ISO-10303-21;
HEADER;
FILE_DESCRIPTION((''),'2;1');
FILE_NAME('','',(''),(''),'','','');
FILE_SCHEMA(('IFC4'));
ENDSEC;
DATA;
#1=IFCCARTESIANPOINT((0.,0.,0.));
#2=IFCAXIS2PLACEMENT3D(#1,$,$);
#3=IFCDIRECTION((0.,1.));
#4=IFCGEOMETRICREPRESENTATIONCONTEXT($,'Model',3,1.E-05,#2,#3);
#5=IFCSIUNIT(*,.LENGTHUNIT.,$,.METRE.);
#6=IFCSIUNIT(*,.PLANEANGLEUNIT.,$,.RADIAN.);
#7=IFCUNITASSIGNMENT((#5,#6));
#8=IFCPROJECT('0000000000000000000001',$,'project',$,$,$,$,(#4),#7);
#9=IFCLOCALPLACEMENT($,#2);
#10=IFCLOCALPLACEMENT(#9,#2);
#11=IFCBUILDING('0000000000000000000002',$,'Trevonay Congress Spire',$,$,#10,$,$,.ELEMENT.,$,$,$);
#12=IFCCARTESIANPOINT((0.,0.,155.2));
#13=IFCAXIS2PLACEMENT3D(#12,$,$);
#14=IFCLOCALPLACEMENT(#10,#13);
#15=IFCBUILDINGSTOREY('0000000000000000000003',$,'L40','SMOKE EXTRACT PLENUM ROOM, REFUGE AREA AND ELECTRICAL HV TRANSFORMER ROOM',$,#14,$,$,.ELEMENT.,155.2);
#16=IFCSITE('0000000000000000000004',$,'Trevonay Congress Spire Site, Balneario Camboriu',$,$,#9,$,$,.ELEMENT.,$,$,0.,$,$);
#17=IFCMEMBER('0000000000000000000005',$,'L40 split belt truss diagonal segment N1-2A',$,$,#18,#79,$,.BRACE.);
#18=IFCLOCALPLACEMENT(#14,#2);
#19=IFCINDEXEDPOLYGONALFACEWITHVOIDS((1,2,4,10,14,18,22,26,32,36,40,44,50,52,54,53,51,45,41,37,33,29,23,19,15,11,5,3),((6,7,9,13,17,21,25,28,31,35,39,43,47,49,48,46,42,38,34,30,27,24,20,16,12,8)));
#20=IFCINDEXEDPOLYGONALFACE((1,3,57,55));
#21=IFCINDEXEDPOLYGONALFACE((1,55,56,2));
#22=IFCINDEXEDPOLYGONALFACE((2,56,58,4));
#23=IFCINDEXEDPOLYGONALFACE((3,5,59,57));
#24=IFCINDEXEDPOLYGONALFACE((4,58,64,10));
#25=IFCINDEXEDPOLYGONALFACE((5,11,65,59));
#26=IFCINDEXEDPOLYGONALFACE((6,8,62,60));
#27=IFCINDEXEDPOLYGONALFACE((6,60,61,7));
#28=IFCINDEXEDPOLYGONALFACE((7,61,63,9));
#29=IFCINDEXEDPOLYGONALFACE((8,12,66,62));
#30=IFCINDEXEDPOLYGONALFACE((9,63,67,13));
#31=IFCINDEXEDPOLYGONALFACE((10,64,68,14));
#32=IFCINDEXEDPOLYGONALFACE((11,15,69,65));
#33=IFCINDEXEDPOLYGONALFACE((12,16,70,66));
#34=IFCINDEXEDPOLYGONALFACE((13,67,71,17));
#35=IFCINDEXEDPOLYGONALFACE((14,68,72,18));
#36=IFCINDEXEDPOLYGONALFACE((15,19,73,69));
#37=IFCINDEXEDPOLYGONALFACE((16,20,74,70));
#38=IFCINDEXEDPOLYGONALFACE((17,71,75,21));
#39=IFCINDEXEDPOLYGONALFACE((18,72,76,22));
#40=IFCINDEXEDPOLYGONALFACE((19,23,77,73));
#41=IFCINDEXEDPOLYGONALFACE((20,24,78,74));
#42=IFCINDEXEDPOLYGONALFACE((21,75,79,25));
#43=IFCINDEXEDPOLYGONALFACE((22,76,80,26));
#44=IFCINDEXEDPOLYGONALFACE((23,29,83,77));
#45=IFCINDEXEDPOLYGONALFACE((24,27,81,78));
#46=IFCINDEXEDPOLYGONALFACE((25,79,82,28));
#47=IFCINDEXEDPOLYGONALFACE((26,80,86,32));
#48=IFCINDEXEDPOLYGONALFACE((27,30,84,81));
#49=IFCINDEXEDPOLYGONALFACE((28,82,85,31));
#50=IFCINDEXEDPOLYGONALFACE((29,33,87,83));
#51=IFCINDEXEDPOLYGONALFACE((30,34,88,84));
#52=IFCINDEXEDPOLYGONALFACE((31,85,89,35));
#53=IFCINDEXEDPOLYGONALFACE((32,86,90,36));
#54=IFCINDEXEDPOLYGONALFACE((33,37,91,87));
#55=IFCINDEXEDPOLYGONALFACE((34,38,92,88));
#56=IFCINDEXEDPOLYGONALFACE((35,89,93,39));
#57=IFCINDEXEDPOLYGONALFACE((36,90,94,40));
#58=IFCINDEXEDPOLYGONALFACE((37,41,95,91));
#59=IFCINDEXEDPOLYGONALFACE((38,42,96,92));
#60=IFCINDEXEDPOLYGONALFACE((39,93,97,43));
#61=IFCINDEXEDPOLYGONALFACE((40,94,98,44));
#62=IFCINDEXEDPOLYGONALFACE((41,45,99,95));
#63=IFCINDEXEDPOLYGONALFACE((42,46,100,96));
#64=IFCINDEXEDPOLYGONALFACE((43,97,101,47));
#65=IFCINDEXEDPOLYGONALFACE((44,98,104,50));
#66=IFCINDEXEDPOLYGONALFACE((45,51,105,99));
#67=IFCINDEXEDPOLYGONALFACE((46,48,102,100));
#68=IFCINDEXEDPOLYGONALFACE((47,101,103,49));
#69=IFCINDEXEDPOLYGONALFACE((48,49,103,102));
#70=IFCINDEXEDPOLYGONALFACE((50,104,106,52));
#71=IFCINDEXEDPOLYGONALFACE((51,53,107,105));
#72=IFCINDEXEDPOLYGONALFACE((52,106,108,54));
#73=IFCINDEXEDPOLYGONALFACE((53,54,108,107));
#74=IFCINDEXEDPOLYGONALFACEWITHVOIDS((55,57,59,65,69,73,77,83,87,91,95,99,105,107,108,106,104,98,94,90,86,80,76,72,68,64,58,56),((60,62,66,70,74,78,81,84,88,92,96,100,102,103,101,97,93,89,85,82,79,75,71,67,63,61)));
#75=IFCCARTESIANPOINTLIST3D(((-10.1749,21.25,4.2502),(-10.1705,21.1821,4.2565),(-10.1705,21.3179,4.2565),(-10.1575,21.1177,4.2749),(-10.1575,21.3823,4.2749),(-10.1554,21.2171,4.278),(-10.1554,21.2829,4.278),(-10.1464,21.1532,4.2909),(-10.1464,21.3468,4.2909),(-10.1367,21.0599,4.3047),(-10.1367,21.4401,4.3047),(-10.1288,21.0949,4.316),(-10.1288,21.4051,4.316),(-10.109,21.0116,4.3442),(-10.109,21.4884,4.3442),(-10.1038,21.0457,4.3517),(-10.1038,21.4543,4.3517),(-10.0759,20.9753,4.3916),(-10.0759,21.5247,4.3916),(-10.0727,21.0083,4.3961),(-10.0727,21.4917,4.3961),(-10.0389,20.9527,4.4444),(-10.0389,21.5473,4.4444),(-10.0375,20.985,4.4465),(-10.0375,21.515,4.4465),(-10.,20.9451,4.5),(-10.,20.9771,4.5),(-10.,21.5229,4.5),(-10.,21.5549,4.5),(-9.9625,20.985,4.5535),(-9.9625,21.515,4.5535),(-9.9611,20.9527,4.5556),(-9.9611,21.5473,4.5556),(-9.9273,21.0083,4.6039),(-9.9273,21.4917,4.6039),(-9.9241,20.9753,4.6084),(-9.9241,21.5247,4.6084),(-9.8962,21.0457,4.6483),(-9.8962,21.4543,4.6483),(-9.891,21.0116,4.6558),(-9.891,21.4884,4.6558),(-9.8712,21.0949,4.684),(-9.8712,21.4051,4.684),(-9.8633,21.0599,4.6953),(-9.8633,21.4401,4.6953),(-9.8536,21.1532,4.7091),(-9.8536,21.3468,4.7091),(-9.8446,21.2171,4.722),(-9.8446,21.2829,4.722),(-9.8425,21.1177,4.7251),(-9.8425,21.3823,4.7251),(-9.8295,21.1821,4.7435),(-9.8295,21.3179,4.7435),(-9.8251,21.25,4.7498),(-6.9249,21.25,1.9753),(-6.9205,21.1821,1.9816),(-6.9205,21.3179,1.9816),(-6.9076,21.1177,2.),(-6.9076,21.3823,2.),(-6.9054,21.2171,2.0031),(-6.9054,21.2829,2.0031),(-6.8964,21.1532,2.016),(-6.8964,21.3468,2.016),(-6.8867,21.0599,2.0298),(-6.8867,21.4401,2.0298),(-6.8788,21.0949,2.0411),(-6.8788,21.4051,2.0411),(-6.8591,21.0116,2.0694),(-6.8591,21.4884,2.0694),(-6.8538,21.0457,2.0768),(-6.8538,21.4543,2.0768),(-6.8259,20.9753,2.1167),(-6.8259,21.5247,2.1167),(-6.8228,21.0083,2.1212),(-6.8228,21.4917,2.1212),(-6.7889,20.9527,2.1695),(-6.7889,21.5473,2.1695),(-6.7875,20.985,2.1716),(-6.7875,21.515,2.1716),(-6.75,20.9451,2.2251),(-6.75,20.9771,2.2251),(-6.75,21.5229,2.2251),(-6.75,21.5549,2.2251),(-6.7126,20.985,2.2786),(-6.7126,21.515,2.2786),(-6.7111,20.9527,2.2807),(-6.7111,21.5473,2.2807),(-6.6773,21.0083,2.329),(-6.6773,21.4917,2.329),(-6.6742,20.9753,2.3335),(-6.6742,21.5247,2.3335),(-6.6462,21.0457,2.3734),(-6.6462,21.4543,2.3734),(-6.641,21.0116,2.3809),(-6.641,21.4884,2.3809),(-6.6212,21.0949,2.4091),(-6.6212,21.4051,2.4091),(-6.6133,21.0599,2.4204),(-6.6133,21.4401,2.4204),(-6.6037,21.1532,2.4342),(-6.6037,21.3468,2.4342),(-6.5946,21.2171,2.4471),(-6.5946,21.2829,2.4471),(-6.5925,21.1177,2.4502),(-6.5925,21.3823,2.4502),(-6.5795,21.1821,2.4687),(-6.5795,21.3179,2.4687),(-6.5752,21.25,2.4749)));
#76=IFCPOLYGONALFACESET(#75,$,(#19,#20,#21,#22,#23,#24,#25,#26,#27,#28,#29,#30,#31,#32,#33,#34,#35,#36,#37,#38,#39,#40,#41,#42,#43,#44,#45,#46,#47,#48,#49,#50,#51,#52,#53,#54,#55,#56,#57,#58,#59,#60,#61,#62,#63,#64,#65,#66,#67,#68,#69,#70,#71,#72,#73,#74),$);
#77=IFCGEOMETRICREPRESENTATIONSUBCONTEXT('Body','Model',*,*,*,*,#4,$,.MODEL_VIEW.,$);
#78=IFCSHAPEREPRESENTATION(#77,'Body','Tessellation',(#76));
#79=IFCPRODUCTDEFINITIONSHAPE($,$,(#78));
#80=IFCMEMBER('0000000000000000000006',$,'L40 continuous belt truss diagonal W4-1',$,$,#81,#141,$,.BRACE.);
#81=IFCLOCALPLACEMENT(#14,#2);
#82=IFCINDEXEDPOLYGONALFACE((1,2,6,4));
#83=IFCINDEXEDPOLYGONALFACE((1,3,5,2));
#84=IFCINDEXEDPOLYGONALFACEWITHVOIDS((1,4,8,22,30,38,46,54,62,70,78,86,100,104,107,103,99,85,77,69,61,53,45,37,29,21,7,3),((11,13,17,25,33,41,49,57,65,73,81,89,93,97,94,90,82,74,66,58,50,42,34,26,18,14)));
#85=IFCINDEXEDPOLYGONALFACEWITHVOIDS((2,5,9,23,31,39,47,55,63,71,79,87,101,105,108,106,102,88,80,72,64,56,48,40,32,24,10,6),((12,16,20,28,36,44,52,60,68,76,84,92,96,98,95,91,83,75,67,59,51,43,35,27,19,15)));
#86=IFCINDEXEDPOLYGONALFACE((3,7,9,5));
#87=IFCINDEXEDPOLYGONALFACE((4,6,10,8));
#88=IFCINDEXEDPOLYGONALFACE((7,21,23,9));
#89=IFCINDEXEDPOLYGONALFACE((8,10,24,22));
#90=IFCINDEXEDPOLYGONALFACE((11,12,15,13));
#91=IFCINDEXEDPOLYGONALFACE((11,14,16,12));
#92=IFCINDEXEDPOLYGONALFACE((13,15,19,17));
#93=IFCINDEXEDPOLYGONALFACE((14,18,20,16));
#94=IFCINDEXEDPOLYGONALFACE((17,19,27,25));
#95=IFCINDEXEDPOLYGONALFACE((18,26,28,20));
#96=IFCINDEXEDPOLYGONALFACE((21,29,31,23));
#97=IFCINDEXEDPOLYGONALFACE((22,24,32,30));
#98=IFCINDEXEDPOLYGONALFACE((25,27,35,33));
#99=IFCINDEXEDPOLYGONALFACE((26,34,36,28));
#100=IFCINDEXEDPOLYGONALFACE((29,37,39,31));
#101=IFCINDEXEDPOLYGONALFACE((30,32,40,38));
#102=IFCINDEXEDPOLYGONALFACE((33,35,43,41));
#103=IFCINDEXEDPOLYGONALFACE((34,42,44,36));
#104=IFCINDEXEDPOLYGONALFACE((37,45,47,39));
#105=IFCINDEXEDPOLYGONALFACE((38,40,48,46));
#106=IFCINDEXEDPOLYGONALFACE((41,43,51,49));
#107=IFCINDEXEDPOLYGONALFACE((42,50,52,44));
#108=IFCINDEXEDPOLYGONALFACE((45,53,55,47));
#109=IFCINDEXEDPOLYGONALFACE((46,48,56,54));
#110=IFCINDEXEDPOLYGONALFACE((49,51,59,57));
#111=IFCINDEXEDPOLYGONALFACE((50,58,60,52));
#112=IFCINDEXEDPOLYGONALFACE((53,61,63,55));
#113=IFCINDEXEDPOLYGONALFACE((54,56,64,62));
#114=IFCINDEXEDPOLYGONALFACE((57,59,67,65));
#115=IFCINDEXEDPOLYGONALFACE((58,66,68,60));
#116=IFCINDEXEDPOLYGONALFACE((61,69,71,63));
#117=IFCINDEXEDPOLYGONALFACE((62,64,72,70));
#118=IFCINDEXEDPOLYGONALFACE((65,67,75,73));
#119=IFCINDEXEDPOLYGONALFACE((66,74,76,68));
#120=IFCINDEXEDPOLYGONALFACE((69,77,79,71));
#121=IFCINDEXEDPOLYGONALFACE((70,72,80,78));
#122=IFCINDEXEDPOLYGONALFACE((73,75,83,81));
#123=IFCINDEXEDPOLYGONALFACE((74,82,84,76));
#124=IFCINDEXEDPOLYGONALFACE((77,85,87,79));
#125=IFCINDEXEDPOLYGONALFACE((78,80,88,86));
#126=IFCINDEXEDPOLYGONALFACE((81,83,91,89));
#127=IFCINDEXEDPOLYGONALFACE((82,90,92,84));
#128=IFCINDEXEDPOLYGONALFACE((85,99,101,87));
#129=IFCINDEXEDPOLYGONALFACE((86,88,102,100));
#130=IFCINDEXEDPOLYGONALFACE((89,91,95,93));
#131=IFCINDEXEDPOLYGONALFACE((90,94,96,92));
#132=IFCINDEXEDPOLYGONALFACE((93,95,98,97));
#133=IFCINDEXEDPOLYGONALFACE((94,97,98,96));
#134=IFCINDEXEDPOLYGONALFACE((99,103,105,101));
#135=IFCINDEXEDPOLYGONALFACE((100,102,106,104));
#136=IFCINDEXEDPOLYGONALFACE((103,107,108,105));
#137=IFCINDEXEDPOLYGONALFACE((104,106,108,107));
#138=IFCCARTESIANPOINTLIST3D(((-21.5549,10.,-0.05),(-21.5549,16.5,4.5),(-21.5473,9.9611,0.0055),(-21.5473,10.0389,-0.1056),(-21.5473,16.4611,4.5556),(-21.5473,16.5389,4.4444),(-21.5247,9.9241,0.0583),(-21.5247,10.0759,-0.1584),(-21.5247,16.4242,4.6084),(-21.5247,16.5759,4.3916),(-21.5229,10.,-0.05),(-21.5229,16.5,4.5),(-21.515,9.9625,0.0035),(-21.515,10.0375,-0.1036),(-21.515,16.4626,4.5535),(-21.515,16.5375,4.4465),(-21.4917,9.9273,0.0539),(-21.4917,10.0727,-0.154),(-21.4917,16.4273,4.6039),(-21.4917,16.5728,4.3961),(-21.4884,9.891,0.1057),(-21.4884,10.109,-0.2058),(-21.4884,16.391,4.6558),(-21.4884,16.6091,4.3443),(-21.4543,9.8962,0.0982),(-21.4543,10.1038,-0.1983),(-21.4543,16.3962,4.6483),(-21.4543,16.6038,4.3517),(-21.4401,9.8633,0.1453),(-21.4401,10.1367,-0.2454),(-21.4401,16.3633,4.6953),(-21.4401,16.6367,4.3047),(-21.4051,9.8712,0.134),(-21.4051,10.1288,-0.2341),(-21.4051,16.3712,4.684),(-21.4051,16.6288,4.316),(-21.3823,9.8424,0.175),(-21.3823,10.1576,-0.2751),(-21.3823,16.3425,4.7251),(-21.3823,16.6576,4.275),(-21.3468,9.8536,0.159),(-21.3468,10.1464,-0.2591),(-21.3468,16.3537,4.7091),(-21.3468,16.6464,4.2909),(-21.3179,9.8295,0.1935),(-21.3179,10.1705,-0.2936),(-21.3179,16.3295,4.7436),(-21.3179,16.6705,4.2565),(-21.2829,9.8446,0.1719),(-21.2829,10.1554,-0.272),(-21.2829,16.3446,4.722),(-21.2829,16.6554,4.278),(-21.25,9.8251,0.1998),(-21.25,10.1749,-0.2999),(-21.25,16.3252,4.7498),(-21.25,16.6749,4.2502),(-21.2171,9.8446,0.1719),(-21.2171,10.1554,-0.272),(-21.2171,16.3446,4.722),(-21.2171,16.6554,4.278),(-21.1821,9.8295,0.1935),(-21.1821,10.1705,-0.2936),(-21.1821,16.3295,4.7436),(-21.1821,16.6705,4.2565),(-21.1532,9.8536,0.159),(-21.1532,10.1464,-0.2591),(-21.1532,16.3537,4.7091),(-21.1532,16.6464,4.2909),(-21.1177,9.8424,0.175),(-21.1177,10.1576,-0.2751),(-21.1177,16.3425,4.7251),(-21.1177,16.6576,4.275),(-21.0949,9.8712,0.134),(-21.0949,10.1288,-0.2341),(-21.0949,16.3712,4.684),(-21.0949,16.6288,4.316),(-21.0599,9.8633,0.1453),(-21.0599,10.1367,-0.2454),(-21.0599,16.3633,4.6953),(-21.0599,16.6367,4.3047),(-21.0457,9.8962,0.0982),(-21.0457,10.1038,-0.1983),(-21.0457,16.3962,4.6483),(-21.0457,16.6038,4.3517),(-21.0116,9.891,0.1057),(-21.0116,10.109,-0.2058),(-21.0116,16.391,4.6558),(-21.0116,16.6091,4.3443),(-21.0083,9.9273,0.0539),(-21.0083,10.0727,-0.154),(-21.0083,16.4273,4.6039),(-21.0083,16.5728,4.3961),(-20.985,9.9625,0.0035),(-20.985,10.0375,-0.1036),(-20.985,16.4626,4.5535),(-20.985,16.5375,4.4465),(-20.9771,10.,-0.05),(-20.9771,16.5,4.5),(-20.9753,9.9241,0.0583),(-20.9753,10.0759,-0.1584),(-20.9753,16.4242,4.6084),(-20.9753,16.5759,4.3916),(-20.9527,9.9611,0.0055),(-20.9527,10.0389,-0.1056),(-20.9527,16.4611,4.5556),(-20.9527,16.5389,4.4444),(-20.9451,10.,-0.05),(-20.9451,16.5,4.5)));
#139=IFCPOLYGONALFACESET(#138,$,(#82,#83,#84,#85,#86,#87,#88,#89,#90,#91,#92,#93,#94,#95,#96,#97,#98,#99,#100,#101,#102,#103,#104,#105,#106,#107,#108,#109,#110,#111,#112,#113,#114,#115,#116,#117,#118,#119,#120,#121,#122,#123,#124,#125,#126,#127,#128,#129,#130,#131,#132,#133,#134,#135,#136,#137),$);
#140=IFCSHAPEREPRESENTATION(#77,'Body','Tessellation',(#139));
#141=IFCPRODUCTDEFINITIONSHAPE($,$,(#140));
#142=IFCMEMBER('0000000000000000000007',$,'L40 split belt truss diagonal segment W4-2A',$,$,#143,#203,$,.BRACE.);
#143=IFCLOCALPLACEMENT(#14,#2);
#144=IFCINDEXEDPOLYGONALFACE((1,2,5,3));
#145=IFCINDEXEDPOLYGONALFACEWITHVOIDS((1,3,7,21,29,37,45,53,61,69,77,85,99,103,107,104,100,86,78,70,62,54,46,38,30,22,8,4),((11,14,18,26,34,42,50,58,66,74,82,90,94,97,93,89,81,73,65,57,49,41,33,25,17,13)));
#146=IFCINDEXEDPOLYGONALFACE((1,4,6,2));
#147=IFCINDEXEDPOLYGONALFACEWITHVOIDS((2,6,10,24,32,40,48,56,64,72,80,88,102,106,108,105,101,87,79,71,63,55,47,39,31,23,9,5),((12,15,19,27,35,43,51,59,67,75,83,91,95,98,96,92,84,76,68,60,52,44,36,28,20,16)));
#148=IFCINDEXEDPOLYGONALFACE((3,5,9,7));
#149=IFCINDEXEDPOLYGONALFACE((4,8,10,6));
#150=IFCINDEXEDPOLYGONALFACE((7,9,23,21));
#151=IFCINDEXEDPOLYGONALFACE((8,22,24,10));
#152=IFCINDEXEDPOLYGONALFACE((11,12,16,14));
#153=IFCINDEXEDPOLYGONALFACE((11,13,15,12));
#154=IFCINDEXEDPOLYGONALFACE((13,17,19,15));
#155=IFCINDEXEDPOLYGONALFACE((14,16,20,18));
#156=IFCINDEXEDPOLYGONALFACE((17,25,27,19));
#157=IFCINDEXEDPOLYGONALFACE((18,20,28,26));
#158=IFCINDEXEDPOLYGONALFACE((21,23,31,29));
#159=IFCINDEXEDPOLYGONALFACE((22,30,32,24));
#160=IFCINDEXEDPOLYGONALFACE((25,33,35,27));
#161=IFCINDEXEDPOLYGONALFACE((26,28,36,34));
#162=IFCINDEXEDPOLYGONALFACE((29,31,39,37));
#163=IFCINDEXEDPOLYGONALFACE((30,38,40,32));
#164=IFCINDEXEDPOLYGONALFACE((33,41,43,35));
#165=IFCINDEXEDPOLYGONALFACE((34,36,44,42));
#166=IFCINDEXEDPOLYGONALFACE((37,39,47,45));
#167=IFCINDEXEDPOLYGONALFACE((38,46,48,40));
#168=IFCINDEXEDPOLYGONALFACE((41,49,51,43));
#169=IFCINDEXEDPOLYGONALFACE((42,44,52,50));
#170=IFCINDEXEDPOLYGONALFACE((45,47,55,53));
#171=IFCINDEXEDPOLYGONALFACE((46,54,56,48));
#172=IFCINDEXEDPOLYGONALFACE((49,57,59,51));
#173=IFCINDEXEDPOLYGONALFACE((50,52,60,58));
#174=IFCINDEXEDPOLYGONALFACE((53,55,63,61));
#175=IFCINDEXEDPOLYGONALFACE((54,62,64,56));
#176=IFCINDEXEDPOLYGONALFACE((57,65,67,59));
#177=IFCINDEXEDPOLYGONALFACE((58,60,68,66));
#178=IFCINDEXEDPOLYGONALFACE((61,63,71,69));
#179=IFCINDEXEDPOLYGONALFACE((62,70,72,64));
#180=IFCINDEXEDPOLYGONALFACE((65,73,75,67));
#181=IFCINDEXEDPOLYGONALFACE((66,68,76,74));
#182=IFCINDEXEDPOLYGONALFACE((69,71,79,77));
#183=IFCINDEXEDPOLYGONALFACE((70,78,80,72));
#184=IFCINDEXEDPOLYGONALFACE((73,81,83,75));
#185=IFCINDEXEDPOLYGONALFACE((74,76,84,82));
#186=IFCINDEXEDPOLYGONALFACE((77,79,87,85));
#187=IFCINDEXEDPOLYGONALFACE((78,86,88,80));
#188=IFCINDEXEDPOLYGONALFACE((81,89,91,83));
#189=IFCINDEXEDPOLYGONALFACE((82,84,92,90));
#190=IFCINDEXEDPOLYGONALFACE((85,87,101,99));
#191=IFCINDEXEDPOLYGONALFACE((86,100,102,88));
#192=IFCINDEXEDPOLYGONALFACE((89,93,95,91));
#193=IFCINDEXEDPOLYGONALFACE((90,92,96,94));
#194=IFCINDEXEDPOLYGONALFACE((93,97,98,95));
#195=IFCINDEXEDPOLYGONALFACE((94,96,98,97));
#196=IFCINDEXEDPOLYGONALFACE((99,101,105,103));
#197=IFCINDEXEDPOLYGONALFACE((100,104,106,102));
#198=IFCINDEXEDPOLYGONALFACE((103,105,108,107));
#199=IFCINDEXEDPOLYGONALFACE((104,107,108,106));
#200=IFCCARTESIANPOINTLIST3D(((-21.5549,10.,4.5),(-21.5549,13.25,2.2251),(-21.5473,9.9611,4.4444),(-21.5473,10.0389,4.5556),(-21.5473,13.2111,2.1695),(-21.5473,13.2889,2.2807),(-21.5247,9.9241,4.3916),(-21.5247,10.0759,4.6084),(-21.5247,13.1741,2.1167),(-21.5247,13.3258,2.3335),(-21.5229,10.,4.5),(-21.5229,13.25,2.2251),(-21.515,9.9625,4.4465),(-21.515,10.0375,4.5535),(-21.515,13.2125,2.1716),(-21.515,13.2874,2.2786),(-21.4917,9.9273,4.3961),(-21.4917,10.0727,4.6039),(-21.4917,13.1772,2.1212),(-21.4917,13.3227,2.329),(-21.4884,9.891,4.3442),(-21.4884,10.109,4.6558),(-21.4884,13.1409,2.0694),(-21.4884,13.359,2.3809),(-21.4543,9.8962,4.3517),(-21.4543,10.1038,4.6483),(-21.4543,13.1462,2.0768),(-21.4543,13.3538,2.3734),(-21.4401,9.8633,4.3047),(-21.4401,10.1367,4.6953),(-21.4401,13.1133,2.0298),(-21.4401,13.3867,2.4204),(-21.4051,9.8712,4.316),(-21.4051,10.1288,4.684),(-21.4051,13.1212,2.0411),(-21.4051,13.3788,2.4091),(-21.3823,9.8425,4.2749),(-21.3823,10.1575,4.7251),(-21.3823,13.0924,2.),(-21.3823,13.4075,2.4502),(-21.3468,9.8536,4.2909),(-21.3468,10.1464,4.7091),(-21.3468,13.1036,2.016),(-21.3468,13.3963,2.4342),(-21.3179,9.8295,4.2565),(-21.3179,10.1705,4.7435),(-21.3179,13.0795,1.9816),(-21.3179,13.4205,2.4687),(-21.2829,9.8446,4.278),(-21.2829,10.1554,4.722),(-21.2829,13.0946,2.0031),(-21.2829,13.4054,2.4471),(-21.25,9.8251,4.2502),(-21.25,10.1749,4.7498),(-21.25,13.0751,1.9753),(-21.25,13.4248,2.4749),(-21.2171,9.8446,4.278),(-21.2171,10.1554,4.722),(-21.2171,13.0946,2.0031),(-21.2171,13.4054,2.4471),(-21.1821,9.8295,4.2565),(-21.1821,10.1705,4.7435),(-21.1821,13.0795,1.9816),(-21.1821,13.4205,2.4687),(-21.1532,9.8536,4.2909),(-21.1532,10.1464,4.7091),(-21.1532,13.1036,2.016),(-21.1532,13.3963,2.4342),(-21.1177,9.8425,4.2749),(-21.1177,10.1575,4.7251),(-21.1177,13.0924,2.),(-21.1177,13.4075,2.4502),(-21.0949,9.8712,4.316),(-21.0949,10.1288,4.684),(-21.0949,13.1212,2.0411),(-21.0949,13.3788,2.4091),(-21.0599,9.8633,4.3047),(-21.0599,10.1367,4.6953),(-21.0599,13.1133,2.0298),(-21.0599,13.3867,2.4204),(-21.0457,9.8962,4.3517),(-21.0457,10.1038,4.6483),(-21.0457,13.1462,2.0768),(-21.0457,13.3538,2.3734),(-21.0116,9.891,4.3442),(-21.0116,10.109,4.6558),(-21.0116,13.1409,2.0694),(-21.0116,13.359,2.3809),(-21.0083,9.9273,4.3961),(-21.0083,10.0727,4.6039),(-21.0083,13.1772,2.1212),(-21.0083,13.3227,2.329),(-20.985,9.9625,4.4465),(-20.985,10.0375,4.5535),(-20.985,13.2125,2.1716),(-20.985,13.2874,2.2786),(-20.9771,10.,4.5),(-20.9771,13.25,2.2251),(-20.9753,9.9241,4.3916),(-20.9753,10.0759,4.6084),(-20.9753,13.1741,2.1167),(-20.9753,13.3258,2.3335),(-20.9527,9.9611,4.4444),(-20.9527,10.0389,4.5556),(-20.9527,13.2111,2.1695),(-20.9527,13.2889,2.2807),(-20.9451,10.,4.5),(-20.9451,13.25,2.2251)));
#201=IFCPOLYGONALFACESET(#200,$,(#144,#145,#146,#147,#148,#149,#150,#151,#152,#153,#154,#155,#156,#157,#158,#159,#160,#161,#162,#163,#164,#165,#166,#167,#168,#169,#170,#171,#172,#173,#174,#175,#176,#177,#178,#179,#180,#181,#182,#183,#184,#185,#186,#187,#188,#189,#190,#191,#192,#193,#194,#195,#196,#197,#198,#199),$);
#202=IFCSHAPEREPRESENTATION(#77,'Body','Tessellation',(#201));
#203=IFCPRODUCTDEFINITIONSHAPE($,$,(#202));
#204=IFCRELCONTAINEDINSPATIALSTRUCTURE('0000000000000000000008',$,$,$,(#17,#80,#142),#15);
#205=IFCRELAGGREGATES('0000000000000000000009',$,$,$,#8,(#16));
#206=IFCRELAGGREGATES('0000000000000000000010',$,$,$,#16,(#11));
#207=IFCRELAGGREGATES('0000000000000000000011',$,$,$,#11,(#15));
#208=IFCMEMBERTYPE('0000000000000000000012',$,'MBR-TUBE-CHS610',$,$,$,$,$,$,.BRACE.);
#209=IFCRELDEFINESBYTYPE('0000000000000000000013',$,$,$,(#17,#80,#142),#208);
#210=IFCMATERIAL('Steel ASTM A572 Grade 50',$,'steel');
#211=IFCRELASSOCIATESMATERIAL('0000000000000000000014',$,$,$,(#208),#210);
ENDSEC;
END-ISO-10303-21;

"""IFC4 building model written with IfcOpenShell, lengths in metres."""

from ifc_helpers import new_model, si_unit, direction, frame, origin, origin_2d, place, context, subcontext, project, spatial, hollow_circle, extrude, material, material_profile, profile_set, type_object, element, save


model = new_model("IFC4")

# Units and contexts
model_context = context("Model", 3, precision=1e-05, world=origin(), true_north=direction((0.0, 1.0)))
body_context = subcontext(model_context, "Body", "Model", "MODEL_VIEW")
ifc_project = project(units=[si_unit("LENGTHUNIT", "METRE"), si_unit("PLANEANGLEUNIT", "RADIAN")], contexts=[model_context])

# Site, building, storey
site_placement = place(None, origin())
site = spatial("IfcSite", under=ifc_project, at=site_placement, Name="Trevonay Congress Spire Site, Balneario Camboriu", CompositionType="ELEMENT", RefElevation=0.0)
building_placement = place(site_placement, origin())
building = spatial("IfcBuilding", under=site, at=building_placement, Name="Trevonay Congress Spire", CompositionType="ELEMENT")
storey_placement = place(building_placement, frame((0.0, 0.0, 155.2)))
storey = spatial("IfcBuildingStorey", under=building, at=storey_placement, Name="L40", Description="SMOKE EXTRACT PLENUM ROOM, REFUGE AREA AND ELECTRICAL HV TRANSFORMER ROOM", CompositionType="ELEMENT", Elevation=155.2)

# Shared definitions
ifc_material_1 = material(Name="Steel ASTM A572 Grade 50", Category="steel")

# Members
ifc_material_profile_1 = material_profile(ifc_material_1, hollow_circle(Radius=0.3049, WallThickness=0.032, at=origin_2d()), Name="CHS 610x32")
ifc_profile_set_1 = profile_set([ifc_material_profile_1], Name="Steel ASTM A572 Grade 50")
member_type = type_object("IfcMemberType", Name="MBR-TUBE-CHS610", PredefinedType="BRACE", material=ifc_profile_set_1)
member_1_placement = place(storey_placement, frame((-10.0, 21.25, 4.5), z_axis=(0.819243, 0.0, -0.573446), x_axis=(0.0, 1.0, 0.0)))
element("IfcMember", 1, at=member_1_placement, inside=storey, type_object=member_type, Name="L40 split belt truss diagonal segment N1-2A", PredefinedType="BRACE", context=body_context, shape_type="SweptSolid", body=[
    extrude(hollow_circle(Radius=0.3049, WallThickness=0.032, at=origin_2d()), origin(), (0.0, 0.0, 1.0), 3.967),
])
member_2_placement = place(storey_placement, frame((-21.25, 10.0, -0.05), z_axis=(0.0, 0.819229, 0.573466), x_axis=(-1.0, 0.0, 0.0)))
element("IfcMember", 2, at=member_2_placement, inside=storey, type_object=member_type, Name="L40 continuous belt truss diagonal W4-1", PredefinedType="BRACE", context=body_context, shape_type="SweptSolid", body=[
    extrude(hollow_circle(Radius=0.3049, WallThickness=0.032, at=origin_2d()), origin(), (0.0, 0.0, 1.0), 7.9343),
])
member_3_placement = place(storey_placement, frame((-21.25, 10.0, 4.5), z_axis=(0.0, 0.819243, -0.573446), x_axis=(-1.0, 0.0, 0.0)))
element("IfcMember", 3, at=member_3_placement, inside=storey, type_object=member_type, Name="L40 split belt truss diagonal segment W4-2A", PredefinedType="BRACE", context=body_context, shape_type="SweptSolid", body=[
    extrude(hollow_circle(Radius=0.3049, WallThickness=0.032, at=origin_2d()), origin(), (0.0, 0.0, 1.0), 3.967),
])

save(model, "model.ifc")
